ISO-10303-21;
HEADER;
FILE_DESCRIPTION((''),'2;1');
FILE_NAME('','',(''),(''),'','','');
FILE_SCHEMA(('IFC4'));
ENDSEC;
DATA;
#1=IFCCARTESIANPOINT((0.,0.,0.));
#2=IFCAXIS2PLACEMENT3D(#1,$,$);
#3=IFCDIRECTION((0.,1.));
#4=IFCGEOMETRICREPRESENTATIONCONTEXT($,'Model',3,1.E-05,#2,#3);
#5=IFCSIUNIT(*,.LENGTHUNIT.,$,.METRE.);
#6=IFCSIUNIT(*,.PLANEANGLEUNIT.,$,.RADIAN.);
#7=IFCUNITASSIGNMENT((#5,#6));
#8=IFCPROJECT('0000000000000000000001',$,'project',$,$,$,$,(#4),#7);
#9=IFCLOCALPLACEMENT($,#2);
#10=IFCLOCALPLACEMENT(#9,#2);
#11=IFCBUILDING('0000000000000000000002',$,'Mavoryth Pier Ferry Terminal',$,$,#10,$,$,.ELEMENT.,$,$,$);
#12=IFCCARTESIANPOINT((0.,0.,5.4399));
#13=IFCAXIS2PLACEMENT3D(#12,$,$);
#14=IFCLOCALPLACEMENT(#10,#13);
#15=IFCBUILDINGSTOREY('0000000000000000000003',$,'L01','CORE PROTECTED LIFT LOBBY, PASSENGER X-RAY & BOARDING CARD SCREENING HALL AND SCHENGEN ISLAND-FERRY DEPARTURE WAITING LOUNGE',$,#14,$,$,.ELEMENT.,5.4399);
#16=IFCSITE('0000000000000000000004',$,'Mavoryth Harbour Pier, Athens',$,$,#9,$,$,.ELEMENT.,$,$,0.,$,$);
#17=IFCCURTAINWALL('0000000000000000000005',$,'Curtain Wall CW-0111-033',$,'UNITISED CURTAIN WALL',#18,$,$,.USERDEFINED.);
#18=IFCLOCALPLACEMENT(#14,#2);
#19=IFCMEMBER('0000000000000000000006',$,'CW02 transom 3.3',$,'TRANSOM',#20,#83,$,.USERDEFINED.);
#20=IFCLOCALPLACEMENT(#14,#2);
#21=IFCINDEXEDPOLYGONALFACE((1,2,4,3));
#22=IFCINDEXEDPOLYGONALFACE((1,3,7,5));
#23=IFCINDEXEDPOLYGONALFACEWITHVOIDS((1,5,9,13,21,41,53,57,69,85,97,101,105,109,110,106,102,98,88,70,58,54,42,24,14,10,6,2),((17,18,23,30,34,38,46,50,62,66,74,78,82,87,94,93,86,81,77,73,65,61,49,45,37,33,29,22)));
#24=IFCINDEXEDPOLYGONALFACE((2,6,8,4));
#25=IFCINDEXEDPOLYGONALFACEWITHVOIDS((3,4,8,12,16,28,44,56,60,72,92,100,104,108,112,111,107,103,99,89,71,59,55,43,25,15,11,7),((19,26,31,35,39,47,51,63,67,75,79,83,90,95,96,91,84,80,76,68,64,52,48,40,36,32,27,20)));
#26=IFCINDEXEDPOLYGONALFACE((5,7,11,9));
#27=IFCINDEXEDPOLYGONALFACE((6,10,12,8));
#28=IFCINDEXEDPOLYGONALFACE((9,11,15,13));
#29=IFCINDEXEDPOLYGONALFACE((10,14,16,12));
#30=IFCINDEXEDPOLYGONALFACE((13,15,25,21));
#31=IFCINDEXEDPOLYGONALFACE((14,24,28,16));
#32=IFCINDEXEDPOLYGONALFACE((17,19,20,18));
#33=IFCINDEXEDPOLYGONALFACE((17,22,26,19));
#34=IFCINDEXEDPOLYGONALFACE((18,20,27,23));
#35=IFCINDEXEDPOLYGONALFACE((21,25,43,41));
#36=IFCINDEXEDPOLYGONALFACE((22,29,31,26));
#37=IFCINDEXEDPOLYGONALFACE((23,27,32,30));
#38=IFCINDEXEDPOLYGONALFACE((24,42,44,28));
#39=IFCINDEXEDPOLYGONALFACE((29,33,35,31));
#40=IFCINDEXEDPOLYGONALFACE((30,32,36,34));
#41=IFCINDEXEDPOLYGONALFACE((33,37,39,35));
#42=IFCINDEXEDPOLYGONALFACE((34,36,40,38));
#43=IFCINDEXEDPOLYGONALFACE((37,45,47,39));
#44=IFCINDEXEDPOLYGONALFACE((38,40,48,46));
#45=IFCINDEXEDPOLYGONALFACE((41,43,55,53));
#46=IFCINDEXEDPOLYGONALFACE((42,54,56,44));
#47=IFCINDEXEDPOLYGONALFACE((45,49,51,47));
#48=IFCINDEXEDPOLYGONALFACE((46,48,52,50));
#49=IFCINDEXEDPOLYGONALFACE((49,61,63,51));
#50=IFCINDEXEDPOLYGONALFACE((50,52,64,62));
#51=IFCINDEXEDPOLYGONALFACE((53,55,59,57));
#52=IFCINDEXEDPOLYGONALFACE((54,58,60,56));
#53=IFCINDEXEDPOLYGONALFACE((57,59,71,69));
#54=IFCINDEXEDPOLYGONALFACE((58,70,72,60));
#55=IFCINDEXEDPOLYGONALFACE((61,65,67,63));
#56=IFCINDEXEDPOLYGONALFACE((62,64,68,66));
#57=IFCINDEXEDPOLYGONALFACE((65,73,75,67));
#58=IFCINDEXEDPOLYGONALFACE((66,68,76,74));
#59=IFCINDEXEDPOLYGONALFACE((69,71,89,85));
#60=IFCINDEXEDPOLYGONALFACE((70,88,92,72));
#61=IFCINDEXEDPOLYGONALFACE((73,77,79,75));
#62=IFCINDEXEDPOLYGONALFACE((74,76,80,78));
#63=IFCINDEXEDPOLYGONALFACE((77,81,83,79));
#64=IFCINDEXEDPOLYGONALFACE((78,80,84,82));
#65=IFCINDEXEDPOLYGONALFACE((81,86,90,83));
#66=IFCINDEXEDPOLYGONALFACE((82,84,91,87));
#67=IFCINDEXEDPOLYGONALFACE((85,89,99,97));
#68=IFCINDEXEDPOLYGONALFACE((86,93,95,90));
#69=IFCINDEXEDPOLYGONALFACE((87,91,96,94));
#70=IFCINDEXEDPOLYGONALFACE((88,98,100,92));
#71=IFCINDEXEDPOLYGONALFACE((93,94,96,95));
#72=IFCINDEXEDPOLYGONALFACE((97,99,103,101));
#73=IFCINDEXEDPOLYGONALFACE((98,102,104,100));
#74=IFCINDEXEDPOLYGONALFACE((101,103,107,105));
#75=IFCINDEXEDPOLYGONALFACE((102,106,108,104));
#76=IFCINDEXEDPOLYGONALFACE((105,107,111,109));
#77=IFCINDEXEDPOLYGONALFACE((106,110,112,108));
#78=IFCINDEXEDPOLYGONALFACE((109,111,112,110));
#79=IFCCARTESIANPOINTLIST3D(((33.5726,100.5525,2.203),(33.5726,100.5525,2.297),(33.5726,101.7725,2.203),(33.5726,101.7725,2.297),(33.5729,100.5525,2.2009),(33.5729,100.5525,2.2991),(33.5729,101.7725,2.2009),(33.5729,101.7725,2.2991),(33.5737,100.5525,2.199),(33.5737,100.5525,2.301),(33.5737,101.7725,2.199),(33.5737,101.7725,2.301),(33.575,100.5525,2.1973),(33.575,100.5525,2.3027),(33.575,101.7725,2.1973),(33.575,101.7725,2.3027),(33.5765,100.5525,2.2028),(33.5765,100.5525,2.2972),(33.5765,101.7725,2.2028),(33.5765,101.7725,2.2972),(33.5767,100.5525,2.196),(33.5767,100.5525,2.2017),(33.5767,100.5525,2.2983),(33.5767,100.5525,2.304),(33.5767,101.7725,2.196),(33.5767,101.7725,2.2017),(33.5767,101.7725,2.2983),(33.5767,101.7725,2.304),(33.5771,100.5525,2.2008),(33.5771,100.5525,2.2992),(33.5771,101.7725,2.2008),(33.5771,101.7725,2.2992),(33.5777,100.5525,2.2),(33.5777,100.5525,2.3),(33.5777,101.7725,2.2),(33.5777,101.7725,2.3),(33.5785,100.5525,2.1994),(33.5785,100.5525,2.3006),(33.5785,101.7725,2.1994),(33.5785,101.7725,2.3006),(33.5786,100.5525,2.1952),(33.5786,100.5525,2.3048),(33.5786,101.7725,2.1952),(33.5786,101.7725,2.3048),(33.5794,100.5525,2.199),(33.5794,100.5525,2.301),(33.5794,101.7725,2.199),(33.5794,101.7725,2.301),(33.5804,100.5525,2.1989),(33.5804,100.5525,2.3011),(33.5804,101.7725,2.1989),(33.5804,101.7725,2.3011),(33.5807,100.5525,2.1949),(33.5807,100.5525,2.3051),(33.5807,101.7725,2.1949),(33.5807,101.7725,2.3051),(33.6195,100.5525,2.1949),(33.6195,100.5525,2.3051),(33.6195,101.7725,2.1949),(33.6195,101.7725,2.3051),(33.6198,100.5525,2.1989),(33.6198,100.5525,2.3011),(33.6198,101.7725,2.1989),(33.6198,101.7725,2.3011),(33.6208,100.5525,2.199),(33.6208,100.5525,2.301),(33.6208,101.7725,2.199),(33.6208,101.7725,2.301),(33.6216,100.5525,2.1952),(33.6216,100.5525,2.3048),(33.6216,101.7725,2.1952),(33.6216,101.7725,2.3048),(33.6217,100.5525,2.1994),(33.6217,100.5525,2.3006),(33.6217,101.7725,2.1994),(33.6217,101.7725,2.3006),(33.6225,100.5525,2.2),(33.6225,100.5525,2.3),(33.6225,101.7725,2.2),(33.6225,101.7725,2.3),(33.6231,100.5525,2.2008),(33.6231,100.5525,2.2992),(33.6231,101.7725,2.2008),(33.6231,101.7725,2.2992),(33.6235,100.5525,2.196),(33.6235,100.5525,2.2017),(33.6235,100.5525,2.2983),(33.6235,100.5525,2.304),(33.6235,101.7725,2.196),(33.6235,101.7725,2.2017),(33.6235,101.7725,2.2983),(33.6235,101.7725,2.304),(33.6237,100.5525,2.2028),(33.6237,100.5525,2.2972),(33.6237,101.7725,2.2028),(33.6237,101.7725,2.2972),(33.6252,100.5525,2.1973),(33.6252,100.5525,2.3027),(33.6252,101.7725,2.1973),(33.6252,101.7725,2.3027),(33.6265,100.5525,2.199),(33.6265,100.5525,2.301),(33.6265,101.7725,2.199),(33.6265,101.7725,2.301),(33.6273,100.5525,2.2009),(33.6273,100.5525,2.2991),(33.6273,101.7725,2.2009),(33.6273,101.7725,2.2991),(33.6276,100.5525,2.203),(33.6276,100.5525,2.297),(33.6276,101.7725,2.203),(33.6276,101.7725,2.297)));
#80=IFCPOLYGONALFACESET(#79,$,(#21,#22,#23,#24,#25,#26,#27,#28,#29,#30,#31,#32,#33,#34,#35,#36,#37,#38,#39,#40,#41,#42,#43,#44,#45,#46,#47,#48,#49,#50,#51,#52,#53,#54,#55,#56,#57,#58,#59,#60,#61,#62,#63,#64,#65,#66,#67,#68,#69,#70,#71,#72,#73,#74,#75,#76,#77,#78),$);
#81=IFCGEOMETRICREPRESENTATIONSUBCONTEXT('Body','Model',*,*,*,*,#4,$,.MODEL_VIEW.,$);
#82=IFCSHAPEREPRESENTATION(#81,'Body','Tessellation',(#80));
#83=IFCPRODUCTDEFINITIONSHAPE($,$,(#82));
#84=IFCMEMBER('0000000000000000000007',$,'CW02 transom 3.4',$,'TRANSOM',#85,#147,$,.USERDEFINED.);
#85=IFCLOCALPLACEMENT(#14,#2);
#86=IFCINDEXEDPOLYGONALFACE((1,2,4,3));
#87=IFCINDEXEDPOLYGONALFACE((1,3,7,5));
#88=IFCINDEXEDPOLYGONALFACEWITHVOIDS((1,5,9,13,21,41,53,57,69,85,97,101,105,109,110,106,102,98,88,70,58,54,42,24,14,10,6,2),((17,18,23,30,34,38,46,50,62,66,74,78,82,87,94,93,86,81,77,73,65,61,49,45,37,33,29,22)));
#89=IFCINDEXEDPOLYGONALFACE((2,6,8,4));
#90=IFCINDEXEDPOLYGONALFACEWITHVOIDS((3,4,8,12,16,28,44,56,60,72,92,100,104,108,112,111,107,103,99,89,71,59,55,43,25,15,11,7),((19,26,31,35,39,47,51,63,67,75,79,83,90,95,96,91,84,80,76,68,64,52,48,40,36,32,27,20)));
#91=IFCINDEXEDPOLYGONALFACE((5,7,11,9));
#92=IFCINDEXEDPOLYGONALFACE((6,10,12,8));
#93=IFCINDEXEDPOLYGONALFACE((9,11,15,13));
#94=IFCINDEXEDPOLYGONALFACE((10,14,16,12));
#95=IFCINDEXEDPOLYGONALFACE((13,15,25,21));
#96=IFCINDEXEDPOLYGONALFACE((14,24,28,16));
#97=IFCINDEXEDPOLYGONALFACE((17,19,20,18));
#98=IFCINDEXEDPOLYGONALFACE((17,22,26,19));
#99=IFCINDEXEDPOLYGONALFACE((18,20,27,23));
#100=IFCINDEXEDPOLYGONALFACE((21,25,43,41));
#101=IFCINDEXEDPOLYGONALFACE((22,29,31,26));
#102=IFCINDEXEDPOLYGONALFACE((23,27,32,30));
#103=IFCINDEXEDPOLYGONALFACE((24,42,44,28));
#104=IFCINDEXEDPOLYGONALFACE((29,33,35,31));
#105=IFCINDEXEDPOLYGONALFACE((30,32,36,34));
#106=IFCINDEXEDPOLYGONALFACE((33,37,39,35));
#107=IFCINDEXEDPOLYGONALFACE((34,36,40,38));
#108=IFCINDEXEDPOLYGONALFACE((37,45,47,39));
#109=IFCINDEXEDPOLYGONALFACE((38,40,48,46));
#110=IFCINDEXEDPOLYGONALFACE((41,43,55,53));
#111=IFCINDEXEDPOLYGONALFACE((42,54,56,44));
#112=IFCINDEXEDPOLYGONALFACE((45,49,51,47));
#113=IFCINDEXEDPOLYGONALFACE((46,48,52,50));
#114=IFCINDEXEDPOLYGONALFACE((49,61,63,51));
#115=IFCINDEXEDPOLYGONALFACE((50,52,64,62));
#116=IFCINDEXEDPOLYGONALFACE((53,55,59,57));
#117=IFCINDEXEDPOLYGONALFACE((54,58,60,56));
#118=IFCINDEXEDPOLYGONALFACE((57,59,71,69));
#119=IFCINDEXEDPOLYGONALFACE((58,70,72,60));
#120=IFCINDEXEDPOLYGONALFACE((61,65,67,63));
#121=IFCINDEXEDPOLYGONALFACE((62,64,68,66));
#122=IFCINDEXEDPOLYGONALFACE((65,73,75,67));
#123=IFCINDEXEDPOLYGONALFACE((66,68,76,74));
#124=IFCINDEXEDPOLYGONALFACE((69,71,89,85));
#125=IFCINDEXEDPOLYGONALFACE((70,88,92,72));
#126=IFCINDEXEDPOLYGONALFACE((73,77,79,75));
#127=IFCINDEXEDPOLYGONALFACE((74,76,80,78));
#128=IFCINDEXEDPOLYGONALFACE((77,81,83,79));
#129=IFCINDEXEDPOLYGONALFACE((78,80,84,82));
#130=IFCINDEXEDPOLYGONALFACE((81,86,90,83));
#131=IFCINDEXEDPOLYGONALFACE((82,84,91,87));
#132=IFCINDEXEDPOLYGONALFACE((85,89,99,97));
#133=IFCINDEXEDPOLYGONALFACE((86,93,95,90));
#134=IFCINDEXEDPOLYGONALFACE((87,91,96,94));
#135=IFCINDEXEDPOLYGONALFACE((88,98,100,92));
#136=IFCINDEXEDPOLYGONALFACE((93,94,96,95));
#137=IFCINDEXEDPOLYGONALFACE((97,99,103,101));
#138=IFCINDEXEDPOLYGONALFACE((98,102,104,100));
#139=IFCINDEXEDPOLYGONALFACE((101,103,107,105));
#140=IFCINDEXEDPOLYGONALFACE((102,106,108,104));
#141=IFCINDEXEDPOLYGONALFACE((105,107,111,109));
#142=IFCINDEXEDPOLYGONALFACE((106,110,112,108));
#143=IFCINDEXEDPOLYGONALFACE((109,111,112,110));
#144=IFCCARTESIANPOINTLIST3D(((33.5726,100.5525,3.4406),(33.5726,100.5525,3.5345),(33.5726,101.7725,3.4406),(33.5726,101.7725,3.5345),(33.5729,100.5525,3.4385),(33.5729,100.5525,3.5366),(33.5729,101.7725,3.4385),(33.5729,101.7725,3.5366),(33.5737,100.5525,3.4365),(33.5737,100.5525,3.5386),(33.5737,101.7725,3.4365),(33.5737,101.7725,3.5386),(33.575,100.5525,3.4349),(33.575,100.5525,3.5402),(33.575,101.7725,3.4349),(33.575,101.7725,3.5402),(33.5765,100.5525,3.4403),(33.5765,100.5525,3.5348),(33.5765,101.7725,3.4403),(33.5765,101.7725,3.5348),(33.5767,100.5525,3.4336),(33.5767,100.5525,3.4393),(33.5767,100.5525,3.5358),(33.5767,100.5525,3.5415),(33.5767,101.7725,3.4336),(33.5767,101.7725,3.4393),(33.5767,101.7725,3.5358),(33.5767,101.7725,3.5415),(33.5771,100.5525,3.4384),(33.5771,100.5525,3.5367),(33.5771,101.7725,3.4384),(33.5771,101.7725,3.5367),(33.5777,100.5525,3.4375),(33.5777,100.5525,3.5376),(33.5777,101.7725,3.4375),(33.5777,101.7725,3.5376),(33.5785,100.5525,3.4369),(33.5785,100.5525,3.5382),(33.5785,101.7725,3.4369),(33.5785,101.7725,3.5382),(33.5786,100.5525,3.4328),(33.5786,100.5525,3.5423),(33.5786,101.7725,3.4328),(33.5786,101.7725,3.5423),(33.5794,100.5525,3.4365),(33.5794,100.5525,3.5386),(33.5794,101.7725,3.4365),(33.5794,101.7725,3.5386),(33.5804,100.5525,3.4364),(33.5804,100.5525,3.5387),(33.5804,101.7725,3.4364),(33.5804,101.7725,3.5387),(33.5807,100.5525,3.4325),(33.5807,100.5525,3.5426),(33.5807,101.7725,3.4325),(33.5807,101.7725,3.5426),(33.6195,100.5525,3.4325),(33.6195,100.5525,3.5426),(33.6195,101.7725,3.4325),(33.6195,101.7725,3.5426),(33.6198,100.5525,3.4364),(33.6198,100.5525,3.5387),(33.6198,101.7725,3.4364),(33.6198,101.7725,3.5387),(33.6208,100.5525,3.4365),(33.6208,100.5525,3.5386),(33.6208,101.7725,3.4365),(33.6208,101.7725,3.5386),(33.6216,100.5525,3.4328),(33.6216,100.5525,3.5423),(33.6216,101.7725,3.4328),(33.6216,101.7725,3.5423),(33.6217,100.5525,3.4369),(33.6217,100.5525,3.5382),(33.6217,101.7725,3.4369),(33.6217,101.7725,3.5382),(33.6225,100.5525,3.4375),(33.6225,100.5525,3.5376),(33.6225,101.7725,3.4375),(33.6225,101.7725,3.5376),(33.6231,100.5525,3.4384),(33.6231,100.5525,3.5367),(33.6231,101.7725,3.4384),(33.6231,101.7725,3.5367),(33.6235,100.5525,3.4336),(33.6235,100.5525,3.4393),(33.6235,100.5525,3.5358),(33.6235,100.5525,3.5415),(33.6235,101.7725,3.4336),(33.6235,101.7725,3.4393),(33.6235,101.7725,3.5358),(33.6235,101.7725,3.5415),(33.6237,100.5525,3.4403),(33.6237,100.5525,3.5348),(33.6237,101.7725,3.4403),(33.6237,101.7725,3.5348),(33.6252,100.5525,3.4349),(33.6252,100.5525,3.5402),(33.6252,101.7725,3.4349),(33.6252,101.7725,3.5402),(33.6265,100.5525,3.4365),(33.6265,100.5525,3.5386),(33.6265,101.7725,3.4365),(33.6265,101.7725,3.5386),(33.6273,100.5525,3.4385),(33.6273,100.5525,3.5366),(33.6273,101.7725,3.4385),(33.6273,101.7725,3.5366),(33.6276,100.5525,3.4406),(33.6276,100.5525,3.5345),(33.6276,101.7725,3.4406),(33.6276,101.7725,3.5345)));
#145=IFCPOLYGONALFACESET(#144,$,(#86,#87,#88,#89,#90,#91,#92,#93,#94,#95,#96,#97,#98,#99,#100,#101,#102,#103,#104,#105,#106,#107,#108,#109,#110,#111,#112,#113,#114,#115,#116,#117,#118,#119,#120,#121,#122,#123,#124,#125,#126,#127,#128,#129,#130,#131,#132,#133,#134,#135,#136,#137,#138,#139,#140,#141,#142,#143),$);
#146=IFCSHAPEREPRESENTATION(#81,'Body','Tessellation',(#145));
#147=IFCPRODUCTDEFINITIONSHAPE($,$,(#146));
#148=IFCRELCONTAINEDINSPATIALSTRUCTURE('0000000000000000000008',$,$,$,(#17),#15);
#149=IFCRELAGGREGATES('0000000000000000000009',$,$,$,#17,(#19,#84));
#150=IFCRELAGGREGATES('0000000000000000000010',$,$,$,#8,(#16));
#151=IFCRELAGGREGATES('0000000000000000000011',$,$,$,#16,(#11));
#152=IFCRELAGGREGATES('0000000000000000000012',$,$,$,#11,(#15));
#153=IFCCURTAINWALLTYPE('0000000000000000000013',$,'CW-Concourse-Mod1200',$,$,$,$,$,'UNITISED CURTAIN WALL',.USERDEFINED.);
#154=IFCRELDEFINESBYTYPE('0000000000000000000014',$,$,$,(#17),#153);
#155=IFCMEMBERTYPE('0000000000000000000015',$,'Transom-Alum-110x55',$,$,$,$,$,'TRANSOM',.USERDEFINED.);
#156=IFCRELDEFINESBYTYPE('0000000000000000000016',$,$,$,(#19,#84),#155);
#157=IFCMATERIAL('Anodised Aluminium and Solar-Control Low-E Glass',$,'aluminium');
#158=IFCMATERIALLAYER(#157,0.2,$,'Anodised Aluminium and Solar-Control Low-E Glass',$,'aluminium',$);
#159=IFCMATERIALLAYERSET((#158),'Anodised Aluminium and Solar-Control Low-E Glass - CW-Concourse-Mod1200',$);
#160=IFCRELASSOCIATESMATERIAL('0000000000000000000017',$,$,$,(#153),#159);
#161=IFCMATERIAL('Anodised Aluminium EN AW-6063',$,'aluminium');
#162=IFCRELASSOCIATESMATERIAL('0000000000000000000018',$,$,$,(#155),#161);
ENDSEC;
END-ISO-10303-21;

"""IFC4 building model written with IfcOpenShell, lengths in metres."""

from ifc_helpers import new_model, si_unit, direction, frame, origin, origin_2d, place, context, subcontext, project, spatial, hollow_rectangle, extrude, material, layer, layer_set, material_profile, profile_set, type_object, element, aggregate, save


model = new_model("IFC4")

# Units and contexts
model_context = context("Model", 3, precision=1e-05, world=origin(), true_north=direction((0.0, 1.0)))
body_context = subcontext(model_context, "Body", "Model", "MODEL_VIEW")
ifc_project = project(units=[si_unit("LENGTHUNIT", "METRE"), si_unit("PLANEANGLEUNIT", "RADIAN")], contexts=[model_context])

# Site, building, storey
site_placement = place(None, origin())
site = spatial("IfcSite", under=ifc_project, at=site_placement, Name="Mavoryth Harbour Pier, Athens", CompositionType="ELEMENT", RefElevation=0.0)
building_placement = place(site_placement, origin())
building = spatial("IfcBuilding", under=site, at=building_placement, Name="Mavoryth Pier Ferry Terminal", CompositionType="ELEMENT")
storey_placement = place(building_placement, frame((0.0, 0.0, 5.4399)))
storey = spatial("IfcBuildingStorey", under=building, at=storey_placement, Name="L01", Description="CORE PROTECTED LIFT LOBBY, PASSENGER X-RAY & BOARDING CARD SCREENING HALL AND SCHENGEN ISLAND-FERRY DEPARTURE WAITING LOUNGE", CompositionType="ELEMENT", Elevation=5.4399)

# Curtain wall
ifc_material_1 = material(Name="Anodised Aluminium and Solar-Control Low-E Glass", Category="aluminium")
ifc_layer_1 = layer(ifc_material_1, 0.2, Name="Anodised Aluminium and Solar-Control Low-E Glass", Category="aluminium")
ifc_layer_set_1 = layer_set([ifc_layer_1], Name="Anodised Aluminium and Solar-Control Low-E Glass - CW-Concourse-Mod1200")
curtain_wall_type_1 = type_object("IfcCurtainWallType", Name="CW-Concourse-Mod1200", ElementType="UNITISED CURTAIN WALL", PredefinedType="USERDEFINED", material=ifc_layer_set_1)
curtain_wall_1_placement = place(storey_placement, origin())
curtain_wall_1 = element("IfcCurtainWall", 1, at=curtain_wall_1_placement, inside=storey, type_object=curtain_wall_type_1, Name="Curtain Wall CW-0111-033", ObjectType="UNITISED CURTAIN WALL", PredefinedType="USERDEFINED")
ifc_material_2 = material(Name="Anodised Aluminium EN AW-6063", Category="aluminium")

# Members
ifc_material_profile_1 = material_profile(ifc_material_2, hollow_rectangle(XDim=0.0549, YDim=0.1101, WallThickness=0.0039, InnerFilletRadius=0.0039, OuterFilletRadius=0.0081, at=origin_2d()), Name="AL-TRAN 110x55x4", Category="aluminium")
ifc_profile_set_1 = profile_set([ifc_material_profile_1], Name="Anodised Aluminium EN AW-6063 - AL-TRAN 110x55x4")
member_type_1 = type_object("IfcMemberType", Name="Transom-Alum-110x55", ElementType="TRANSOM", PredefinedType="USERDEFINED", material=ifc_profile_set_1)
member_1_placement = place(storey_placement, frame((33.6001, 100.5525, 2.25), z_axis=(0.0, 1.0, 0.0), x_axis=(-1.0, 0.0, 0.0)))
member_1 = element("IfcMember", 2, at=member_1_placement, type_object=member_type_1, Name="CW02 transom 3.3", ObjectType="TRANSOM", PredefinedType="USERDEFINED", context=body_context, shape_type="SweptSolid", body=[
    extrude(hollow_rectangle(XDim=0.0549, YDim=0.1101, WallThickness=0.0039, InnerFilletRadius=0.0039, OuterFilletRadius=0.0081, at=origin_2d()), origin(), (0.0, 0.0, 1.0), 1.22),
])
member_2_placement = place(storey_placement, frame((33.6001, 100.5525, 3.4875), z_axis=(0.0, 1.0, 0.0), x_axis=(-1.0, 0.0, 0.0)))
member_2 = element("IfcMember", 3, at=member_2_placement, type_object=member_type_1, Name="CW02 transom 3.4", ObjectType="TRANSOM", PredefinedType="USERDEFINED", context=body_context, shape_type="SweptSolid", body=[
    extrude(hollow_rectangle(XDim=0.0549, YDim=0.1101, WallThickness=0.0039, InnerFilletRadius=0.0039, OuterFilletRadius=0.0081, at=origin_2d()), origin(), (0.0, 0.0, 1.0), 1.22),
])

aggregate(curtain_wall_1, [member_1, member_2])

save(model, "model.ifc")
